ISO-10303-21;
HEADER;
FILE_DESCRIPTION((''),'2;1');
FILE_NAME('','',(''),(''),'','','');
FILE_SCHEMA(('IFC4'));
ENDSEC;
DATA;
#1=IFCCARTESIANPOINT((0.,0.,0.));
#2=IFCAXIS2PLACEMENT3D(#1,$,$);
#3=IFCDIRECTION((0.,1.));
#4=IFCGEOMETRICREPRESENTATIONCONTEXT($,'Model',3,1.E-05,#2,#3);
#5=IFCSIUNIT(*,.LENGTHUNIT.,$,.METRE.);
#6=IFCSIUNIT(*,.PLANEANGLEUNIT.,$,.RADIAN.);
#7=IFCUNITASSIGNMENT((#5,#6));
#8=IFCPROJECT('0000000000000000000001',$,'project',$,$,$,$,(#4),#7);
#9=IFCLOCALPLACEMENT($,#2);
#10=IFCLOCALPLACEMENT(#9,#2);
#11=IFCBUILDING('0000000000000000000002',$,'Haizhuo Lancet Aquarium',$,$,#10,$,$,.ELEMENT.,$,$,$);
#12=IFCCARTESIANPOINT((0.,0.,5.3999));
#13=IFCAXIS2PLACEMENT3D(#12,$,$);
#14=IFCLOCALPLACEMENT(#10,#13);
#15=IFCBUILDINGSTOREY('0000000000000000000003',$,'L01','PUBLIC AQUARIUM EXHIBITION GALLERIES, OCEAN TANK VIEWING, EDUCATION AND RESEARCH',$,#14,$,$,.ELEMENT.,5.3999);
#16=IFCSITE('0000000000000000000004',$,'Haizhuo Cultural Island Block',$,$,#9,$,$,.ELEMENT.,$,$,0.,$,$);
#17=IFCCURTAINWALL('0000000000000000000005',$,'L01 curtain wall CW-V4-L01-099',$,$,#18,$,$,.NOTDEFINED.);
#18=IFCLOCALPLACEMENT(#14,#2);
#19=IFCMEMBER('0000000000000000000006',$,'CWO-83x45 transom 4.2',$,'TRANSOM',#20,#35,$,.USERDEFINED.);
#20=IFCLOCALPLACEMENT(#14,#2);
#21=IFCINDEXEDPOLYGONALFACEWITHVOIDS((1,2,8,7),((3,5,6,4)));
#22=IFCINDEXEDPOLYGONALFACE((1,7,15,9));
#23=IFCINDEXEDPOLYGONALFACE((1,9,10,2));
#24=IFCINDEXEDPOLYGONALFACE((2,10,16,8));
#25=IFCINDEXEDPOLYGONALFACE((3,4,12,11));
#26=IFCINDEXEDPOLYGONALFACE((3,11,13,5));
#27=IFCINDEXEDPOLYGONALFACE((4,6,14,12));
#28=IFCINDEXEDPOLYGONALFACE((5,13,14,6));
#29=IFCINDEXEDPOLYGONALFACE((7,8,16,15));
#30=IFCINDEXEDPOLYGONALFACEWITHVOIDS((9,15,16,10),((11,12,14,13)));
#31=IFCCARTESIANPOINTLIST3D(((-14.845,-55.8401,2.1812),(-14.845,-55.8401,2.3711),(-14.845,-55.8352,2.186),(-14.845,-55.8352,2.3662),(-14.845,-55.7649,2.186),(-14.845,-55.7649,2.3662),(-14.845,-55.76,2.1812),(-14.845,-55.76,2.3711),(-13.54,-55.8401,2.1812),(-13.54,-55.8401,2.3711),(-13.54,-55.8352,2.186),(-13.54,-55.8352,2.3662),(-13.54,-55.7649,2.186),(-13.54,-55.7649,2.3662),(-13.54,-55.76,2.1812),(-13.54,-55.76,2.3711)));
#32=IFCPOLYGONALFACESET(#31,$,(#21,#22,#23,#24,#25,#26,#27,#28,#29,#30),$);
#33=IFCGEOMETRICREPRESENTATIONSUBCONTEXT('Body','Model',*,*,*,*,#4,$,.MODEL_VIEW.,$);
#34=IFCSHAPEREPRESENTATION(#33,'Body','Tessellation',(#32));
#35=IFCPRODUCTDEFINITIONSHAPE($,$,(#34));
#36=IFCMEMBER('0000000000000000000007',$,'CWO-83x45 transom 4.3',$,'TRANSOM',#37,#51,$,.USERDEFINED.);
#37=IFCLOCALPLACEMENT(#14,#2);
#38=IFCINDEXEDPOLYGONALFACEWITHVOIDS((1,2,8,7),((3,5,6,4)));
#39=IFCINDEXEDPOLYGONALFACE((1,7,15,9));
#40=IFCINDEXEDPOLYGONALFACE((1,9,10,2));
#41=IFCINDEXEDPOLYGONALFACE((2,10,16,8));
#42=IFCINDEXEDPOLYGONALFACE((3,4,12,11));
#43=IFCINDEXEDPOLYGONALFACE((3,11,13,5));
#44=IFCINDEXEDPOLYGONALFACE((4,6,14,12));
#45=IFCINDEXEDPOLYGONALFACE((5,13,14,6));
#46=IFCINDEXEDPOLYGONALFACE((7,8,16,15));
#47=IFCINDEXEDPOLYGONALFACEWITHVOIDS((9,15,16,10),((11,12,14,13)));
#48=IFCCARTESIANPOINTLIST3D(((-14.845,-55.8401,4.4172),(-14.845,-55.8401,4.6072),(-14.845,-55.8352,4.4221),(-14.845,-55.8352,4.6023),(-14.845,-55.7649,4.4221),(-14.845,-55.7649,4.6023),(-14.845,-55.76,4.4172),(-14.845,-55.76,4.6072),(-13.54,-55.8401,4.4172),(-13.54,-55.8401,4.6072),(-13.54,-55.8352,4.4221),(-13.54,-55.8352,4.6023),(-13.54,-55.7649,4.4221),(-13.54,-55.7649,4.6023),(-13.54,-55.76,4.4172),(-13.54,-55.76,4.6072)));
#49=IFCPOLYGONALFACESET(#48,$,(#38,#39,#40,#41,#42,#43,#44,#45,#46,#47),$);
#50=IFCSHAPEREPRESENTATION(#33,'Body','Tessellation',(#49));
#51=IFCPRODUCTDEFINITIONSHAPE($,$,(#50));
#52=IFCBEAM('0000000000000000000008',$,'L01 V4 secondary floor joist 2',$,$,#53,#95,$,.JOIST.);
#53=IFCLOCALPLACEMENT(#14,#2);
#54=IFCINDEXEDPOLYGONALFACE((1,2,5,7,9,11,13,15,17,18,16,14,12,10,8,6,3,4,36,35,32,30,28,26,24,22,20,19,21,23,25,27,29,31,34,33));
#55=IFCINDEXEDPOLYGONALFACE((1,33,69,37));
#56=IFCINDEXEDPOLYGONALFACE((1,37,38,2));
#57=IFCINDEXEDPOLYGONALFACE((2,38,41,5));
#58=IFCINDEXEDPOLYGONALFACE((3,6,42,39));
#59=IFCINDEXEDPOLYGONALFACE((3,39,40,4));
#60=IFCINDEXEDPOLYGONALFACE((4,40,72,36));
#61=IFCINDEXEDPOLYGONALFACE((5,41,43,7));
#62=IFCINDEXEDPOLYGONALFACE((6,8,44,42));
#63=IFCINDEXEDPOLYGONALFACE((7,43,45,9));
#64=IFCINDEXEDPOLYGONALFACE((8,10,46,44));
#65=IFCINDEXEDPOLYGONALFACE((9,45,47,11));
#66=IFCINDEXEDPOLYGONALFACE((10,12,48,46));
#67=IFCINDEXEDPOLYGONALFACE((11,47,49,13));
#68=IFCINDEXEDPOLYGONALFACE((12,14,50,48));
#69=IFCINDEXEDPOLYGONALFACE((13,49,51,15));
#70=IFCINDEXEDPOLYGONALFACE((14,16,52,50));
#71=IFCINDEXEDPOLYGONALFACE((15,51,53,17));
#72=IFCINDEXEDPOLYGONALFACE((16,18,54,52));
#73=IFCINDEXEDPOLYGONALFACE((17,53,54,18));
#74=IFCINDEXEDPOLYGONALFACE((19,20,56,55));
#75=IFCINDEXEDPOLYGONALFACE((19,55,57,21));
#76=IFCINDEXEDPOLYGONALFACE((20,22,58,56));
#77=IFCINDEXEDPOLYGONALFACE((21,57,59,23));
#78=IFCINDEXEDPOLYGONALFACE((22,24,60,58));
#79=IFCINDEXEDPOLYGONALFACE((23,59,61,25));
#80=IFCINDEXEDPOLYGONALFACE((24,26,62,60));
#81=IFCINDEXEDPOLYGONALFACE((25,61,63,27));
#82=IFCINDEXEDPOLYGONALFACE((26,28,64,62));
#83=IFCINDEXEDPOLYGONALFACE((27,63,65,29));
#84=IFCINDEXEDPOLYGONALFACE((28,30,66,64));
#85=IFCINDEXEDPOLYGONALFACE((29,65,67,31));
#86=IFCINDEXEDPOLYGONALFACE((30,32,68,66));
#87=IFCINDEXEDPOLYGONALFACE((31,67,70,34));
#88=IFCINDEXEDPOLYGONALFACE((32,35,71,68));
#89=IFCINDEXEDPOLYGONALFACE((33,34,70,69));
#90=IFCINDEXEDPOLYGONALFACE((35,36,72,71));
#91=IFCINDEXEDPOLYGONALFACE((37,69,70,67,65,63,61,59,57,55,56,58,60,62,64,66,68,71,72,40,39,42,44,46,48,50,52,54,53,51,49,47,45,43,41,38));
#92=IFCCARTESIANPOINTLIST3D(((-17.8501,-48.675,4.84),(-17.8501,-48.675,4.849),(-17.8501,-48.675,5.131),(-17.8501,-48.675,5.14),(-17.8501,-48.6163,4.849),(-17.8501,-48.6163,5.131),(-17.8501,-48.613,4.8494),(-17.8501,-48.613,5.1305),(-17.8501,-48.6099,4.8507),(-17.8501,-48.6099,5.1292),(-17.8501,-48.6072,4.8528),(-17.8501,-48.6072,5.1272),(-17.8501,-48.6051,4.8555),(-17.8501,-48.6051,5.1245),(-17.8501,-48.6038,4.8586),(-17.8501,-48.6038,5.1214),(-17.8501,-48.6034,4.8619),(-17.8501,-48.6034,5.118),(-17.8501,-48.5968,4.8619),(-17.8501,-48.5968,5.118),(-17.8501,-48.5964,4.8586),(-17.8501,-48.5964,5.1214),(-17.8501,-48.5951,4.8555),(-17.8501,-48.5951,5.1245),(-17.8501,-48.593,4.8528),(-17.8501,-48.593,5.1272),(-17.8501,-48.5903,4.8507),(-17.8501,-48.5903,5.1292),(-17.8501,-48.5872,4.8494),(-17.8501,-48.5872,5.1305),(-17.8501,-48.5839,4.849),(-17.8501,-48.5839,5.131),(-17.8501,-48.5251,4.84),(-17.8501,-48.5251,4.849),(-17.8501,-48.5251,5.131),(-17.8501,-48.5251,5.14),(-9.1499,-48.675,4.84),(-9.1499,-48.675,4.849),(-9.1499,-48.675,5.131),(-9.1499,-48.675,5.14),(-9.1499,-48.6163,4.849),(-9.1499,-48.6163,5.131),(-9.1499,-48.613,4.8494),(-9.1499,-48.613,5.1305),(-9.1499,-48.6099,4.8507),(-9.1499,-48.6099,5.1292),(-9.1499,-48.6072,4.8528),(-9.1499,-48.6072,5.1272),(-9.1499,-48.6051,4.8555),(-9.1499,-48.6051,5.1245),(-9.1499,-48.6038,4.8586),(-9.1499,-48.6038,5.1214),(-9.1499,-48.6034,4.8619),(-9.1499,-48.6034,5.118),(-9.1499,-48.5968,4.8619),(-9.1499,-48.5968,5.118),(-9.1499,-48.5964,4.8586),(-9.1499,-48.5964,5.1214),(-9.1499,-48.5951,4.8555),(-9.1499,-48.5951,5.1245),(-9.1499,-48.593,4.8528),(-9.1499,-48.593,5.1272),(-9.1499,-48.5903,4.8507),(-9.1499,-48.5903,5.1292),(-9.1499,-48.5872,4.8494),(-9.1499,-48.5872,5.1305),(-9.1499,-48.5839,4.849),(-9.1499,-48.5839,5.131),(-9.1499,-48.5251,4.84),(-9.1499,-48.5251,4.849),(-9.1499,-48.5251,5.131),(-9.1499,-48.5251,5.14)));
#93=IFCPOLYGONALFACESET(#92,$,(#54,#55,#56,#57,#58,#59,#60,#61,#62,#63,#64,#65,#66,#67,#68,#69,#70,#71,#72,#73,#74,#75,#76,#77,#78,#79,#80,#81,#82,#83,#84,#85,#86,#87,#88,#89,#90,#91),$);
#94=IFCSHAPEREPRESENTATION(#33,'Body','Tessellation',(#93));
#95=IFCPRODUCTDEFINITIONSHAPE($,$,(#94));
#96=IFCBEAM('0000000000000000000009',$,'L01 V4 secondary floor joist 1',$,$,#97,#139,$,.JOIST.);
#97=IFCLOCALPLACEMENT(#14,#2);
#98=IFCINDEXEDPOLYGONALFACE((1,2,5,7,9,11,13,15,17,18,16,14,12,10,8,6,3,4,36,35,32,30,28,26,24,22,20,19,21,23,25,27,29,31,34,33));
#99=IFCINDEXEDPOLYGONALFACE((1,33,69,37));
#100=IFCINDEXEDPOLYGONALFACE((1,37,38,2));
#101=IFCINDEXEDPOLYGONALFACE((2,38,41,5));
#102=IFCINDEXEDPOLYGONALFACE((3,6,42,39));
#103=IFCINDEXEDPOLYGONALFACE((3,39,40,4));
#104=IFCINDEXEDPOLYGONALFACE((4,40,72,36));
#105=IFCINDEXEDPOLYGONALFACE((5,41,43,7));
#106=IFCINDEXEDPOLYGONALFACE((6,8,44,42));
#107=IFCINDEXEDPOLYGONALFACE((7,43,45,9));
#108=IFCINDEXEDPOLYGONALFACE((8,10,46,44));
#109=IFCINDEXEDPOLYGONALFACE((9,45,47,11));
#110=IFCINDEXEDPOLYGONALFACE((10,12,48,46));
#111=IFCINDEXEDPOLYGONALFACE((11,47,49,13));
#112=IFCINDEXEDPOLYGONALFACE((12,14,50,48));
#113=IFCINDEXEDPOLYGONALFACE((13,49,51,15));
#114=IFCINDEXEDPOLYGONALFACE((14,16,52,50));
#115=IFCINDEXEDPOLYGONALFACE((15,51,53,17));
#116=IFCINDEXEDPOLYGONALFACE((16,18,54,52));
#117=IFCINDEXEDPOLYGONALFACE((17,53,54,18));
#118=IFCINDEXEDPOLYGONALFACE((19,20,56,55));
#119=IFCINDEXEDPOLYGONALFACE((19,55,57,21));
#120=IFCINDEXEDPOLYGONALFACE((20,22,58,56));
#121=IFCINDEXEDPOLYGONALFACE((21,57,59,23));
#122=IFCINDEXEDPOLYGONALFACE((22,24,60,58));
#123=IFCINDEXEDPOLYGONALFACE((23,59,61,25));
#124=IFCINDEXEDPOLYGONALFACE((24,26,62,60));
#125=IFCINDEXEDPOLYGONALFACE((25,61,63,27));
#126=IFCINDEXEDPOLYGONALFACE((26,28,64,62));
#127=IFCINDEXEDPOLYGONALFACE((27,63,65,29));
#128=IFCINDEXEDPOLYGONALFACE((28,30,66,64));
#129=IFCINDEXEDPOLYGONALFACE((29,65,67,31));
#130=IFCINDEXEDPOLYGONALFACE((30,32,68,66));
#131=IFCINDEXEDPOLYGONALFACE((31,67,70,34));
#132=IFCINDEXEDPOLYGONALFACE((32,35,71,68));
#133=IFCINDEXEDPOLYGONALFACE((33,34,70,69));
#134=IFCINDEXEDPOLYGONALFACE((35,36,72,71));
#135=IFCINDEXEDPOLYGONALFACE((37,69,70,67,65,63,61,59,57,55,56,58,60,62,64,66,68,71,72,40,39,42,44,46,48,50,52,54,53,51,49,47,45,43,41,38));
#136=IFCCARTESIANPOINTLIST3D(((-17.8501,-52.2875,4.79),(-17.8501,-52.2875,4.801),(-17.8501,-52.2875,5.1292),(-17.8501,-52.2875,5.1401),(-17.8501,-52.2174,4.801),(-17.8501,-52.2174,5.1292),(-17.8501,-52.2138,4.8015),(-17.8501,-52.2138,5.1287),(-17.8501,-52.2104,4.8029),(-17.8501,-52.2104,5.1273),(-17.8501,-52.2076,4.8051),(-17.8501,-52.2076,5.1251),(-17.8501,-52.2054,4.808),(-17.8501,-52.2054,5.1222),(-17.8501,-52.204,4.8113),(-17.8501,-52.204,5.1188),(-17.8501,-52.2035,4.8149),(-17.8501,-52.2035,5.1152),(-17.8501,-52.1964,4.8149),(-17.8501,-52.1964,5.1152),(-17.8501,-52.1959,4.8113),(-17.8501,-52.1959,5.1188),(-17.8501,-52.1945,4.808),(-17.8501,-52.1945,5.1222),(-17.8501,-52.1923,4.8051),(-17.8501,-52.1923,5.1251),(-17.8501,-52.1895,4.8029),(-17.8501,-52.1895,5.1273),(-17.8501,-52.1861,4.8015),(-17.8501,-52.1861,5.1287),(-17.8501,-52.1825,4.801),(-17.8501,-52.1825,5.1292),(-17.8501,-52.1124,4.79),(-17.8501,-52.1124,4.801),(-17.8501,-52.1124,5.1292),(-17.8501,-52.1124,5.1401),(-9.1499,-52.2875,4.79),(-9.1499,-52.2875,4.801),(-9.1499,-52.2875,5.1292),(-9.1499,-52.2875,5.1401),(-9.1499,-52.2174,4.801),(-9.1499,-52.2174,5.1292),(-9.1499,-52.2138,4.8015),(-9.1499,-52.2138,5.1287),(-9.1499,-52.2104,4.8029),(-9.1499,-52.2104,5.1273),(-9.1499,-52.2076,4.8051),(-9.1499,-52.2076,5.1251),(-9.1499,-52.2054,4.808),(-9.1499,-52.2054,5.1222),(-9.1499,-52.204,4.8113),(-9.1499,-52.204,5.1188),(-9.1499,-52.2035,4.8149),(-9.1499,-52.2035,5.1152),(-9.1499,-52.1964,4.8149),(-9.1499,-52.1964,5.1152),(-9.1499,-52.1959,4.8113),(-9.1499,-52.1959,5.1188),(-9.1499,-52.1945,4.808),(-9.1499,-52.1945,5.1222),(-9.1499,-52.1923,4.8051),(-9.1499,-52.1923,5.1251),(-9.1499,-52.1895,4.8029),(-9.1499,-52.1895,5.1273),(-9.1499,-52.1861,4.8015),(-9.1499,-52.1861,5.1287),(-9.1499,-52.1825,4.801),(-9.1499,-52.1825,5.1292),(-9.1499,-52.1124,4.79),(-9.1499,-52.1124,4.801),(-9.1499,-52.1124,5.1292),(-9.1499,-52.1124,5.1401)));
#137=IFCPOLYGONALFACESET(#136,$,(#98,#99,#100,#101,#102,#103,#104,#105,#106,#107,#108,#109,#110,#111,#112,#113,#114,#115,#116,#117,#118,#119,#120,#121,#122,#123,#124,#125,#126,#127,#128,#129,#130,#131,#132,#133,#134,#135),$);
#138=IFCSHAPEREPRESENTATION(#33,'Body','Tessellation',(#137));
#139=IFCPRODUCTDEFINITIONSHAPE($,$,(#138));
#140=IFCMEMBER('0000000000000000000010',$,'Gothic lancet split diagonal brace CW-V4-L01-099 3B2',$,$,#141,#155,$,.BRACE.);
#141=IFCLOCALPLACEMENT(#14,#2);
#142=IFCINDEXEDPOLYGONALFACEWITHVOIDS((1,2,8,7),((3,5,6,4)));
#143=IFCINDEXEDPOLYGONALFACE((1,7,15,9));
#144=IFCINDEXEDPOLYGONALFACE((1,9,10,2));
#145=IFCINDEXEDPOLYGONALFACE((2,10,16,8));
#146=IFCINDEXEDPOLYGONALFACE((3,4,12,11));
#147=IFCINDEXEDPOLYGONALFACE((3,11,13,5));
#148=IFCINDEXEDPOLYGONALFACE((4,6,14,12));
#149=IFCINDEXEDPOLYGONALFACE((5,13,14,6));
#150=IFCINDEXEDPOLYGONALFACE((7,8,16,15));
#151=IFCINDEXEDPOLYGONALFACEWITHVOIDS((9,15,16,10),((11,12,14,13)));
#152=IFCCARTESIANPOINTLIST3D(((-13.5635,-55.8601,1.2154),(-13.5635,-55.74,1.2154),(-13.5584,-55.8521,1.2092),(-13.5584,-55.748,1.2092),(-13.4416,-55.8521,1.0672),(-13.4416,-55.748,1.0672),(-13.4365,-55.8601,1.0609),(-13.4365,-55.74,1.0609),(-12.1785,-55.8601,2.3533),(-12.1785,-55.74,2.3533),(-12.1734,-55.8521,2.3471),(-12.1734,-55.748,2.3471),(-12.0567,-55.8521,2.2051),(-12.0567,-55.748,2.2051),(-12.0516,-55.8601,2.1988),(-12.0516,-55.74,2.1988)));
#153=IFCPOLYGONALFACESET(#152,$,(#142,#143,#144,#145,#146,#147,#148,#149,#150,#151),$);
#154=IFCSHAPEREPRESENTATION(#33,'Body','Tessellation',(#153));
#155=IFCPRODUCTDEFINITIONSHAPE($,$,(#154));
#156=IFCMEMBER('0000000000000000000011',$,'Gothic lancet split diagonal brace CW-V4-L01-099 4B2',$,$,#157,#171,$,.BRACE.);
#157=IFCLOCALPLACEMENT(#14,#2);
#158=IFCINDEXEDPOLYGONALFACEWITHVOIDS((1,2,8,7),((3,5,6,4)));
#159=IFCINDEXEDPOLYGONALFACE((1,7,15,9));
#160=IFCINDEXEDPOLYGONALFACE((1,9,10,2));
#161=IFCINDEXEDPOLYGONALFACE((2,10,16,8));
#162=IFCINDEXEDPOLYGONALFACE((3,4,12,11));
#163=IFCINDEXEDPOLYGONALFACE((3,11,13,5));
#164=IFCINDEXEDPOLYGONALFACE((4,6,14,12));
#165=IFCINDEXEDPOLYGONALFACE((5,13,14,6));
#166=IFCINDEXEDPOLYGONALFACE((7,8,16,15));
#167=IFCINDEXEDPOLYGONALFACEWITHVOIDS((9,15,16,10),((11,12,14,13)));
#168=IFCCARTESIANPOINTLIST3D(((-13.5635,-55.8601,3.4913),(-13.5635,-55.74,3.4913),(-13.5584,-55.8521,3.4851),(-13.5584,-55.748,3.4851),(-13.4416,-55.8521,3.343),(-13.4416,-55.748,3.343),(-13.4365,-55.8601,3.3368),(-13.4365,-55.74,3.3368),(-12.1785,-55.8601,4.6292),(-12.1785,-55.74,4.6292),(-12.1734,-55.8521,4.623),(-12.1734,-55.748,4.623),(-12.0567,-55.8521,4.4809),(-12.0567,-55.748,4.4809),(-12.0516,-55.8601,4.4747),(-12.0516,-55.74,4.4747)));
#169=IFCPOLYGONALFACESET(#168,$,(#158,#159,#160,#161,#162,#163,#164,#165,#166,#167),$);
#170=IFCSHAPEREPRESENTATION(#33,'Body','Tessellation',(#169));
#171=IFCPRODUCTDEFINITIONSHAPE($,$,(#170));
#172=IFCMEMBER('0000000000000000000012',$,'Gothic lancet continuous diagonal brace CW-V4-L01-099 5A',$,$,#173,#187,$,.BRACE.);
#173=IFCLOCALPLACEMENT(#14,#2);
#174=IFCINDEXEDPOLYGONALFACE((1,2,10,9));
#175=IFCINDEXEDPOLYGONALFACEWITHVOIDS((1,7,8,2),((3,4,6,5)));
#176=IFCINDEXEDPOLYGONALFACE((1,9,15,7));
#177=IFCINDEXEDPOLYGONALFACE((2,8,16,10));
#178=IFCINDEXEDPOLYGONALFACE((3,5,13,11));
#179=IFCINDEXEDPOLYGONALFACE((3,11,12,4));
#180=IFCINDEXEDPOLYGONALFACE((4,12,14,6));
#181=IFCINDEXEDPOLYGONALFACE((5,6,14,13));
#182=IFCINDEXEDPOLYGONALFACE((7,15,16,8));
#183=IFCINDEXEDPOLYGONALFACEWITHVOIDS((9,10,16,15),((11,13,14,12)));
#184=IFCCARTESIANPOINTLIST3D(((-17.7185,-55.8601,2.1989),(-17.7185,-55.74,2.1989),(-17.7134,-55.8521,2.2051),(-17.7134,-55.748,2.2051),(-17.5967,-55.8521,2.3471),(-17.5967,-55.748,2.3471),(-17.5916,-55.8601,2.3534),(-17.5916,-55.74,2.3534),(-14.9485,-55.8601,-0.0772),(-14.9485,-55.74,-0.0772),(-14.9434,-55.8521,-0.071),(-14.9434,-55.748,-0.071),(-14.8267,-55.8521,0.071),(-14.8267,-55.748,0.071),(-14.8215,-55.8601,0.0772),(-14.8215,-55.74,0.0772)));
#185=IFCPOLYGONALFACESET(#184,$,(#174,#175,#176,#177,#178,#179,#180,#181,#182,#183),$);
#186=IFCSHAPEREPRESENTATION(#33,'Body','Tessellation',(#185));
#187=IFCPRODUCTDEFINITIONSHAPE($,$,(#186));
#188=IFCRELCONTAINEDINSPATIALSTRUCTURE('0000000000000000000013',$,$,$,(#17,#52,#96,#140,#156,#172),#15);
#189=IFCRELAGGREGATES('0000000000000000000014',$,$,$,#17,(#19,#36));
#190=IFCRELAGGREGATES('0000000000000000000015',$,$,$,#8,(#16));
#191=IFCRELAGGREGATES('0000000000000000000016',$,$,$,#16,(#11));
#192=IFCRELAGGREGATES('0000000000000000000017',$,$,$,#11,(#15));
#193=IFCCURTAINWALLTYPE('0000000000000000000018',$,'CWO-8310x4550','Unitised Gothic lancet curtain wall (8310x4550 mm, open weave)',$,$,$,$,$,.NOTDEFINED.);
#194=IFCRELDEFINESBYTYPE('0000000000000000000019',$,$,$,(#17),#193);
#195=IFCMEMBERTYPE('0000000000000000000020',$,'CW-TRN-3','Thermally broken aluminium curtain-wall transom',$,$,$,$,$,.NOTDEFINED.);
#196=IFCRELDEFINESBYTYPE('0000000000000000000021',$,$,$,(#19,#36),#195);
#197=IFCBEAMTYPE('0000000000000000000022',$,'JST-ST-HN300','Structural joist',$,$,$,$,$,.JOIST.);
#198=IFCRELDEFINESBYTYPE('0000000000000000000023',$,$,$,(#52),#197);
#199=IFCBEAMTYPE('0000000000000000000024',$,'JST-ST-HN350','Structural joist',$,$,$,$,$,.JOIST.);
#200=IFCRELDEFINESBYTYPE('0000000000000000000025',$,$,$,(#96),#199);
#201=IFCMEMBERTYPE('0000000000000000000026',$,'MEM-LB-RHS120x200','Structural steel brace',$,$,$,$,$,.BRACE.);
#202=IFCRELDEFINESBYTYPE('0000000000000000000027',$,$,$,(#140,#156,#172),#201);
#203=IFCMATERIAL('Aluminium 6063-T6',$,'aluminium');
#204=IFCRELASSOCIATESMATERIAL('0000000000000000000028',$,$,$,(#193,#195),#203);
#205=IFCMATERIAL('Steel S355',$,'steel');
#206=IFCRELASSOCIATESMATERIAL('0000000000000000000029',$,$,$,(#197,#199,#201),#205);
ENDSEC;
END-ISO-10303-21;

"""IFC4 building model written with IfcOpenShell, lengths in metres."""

from ifc_helpers import new_model, si_unit, direction, frame, origin, origin_2d, place, context, subcontext, project, spatial, hollow_rectangle, i_section, extrude, material, material_profile, profile_set, type_object, element, aggregate, save


model = new_model("IFC4")

# Units and contexts
model_context = context("Model", 3, precision=1e-05, world=origin(), true_north=direction((0.0, 1.0)))
body_context = subcontext(model_context, "Body", "Model", "MODEL_VIEW")
ifc_project = project(units=[si_unit("LENGTHUNIT", "METRE"), si_unit("PLANEANGLEUNIT", "RADIAN")], contexts=[model_context])

# Site, building, storey
site_placement = place(None, origin())
site = spatial("IfcSite", under=ifc_project, at=site_placement, Name="Haizhuo Cultural Island Block", CompositionType="ELEMENT", RefElevation=0.0)
building_placement = place(site_placement, origin())
building = spatial("IfcBuilding", under=site, at=building_placement, Name="Haizhuo Lancet Aquarium", CompositionType="ELEMENT")
storey_placement = place(building_placement, frame((0.0, 0.0, 5.3999)))
storey = spatial("IfcBuildingStorey", under=building, at=storey_placement, Name="L01", Description="PUBLIC AQUARIUM EXHIBITION GALLERIES, OCEAN TANK VIEWING, EDUCATION AND RESEARCH", CompositionType="ELEMENT", Elevation=5.3999)

# Shared definitions
ifc_material_1 = material(Name="Steel S355", Category="steel")

# Curtain wall, members
ifc_material_2 = material(Name="Aluminium 6063-T6", Category="aluminium")
curtain_wall_type = type_object("IfcCurtainWallType", Name="CWO-8310x4550", Description="Unitised Gothic lancet curtain wall (8310x4550 mm, open weave)", PredefinedType="NOTDEFINED", material=ifc_material_2)
curtain_wall_placement = place(storey_placement, origin())
curtain_wall = element("IfcCurtainWall", 1, at=curtain_wall_placement, inside=storey, type_object=curtain_wall_type, Name="L01 curtain wall CW-V4-L01-099", PredefinedType="NOTDEFINED")
ifc_material_profile_1 = material_profile(ifc_material_2, hollow_rectangle(XDim=0.0801, YDim=0.1899, WallThickness=0.0049, at=origin_2d()), Name="ALU-T 80x190x5")
ifc_profile_set_1 = profile_set([ifc_material_profile_1], Name="Aluminium 6063-T6")
member_type_1 = type_object("IfcMemberType", Name="CW-TRN-3", Description="Thermally broken aluminium curtain-wall transom", PredefinedType="NOTDEFINED", material=ifc_profile_set_1)
member_1_placement = place(storey_placement, frame((-13.54, -55.8, 2.2761), z_axis=(-1.0, 0.0, 0.0), x_axis=(0.0, -1.0, 0.0)))
member_1 = element("IfcMember", 2, at=member_1_placement, type_object=member_type_1, Name="CWO-83x45 transom 4.2", ObjectType="TRANSOM", PredefinedType="USERDEFINED", context=body_context, shape_type="SweptSolid", body=[
    extrude(hollow_rectangle(XDim=0.0801, YDim=0.1899, WallThickness=0.0049, at=origin_2d()), origin(), (0.0, 0.0, 1.0), 1.3049),
])
member_2_placement = place(storey_placement, frame((-13.54, -55.8, 4.5122), z_axis=(-1.0, 0.0, 0.0), x_axis=(0.0, -1.0, 0.0)))
member_2 = element("IfcMember", 3, at=member_2_placement, type_object=member_type_1, Name="CWO-83x45 transom 4.3", ObjectType="TRANSOM", PredefinedType="USERDEFINED", context=body_context, shape_type="SweptSolid", body=[
    extrude(hollow_rectangle(XDim=0.0801, YDim=0.1899, WallThickness=0.0049, at=origin_2d()), origin(), (0.0, 0.0, 1.0), 1.3049),
])

# Beams
ifc_material_profile_2 = material_profile(ifc_material_1, i_section(OverallWidth=0.1499, OverallDepth=0.3, WebThickness=0.0066, FlangeThickness=0.009, FilletRadius=0.0129, at=origin_2d()), Name="HN 300x150x6.5x9")
ifc_profile_set_2 = profile_set([ifc_material_profile_2], Name="Steel S355")
beam_type_1 = type_object("IfcBeamType", Name="JST-ST-HN300", Description="Structural joist", PredefinedType="JOIST", material=ifc_profile_set_2)
beam_1_placement = place(storey_placement, frame((-17.8501, -48.6001, 4.99), z_axis=(1.0, 0.0, 0.0), x_axis=(0.0, 1.0, 0.0)))
element("IfcBeam", 4, at=beam_1_placement, inside=storey, type_object=beam_type_1, Name="L01 V4 secondary floor joist 2", PredefinedType="JOIST", context=body_context, shape_type="SweptSolid", body=[
    extrude(i_section(OverallWidth=0.1499, OverallDepth=0.3, WebThickness=0.0066, FlangeThickness=0.009, FilletRadius=0.0129, at=origin_2d()), origin(), (0.0, 0.0, 1.0), 8.7002),
])
ifc_material_profile_3 = material_profile(ifc_material_1, i_section(OverallWidth=0.175, OverallDepth=0.3501, WebThickness=0.0071, FlangeThickness=0.011, FilletRadius=0.0139, at=origin_2d()), Name="HN 350x175x7x11")
ifc_profile_set_3 = profile_set([ifc_material_profile_3], Name="Steel S355")
beam_type_2 = type_object("IfcBeamType", Name="JST-ST-HN350", Description="Structural joist", PredefinedType="JOIST", material=ifc_profile_set_3)
beam_2_placement = place(storey_placement, frame((-17.8501, -52.2, 4.9651), z_axis=(1.0, 0.0, 0.0), x_axis=(0.0, 1.0, 0.0)))
element("IfcBeam", 5, at=beam_2_placement, inside=storey, type_object=beam_type_2, Name="L01 V4 secondary floor joist 1", PredefinedType="JOIST", context=body_context, shape_type="SweptSolid", body=[
    extrude(i_section(OverallWidth=0.175, OverallDepth=0.3501, WebThickness=0.0071, FlangeThickness=0.011, FilletRadius=0.0139, at=origin_2d()), origin(), (0.0, 0.0, 1.0), 8.7002),
])

# Members
ifc_material_profile_4 = material_profile(ifc_material_1, hollow_rectangle(XDim=0.1201, YDim=0.2, WallThickness=0.0081, at=origin_2d()), Name="RHS 120x200x8")
ifc_profile_set_4 = profile_set([ifc_material_profile_4], Name="Steel S355")
member_type_2 = type_object("IfcMemberType", Name="MEM-LB-RHS120x200", Description="Structural steel brace", PredefinedType="BRACE", material=ifc_profile_set_4)
for number, where, z_axis, x_axis, name in (
    (6, (-13.5, -55.8, 1.1382), (0.772657, 0.0, 0.634824), (0.0, 1.0, 0.0), "Gothic lancet split diagonal brace CW-V4-L01-099 3B2"),
    (7, (-13.5, -55.8, 3.4141), (0.772657, 0.0, 0.634824), (0.0, 1.0, 0.0), "Gothic lancet split diagonal brace CW-V4-L01-099 4B2"),
):
    element("IfcMember", number, at=place(storey_placement, frame(where, z_axis=z_axis, x_axis=x_axis)), inside=storey, type_object=member_type_2, Name=name, PredefinedType="BRACE", context=body_context, shape_type="SweptSolid", body=[
        extrude(hollow_rectangle(XDim=0.1201, YDim=0.2, WallThickness=0.0081, at=origin_2d()), origin(), (0.0, 0.0, 1.0), 1.7925),
    ])
member_3_placement = place(storey_placement, frame((-14.885, -55.8, 0.0), z_axis=(-0.772624, 0.0, 0.634864), x_axis=(0.0, -1.0, 0.0)))
element("IfcMember", 8, at=member_3_placement, inside=storey, type_object=member_type_2, Name="Gothic lancet continuous diagonal brace CW-V4-L01-099 5A", PredefinedType="BRACE", context=body_context, shape_type="SweptSolid", body=[
    extrude(hollow_rectangle(XDim=0.1201, YDim=0.2, WallThickness=0.0081, at=origin_2d()), origin(), (0.0, 0.0, 1.0), 3.5852),
])

aggregate(curtain_wall, [member_1, member_2])

save(model, "model.ifc")
